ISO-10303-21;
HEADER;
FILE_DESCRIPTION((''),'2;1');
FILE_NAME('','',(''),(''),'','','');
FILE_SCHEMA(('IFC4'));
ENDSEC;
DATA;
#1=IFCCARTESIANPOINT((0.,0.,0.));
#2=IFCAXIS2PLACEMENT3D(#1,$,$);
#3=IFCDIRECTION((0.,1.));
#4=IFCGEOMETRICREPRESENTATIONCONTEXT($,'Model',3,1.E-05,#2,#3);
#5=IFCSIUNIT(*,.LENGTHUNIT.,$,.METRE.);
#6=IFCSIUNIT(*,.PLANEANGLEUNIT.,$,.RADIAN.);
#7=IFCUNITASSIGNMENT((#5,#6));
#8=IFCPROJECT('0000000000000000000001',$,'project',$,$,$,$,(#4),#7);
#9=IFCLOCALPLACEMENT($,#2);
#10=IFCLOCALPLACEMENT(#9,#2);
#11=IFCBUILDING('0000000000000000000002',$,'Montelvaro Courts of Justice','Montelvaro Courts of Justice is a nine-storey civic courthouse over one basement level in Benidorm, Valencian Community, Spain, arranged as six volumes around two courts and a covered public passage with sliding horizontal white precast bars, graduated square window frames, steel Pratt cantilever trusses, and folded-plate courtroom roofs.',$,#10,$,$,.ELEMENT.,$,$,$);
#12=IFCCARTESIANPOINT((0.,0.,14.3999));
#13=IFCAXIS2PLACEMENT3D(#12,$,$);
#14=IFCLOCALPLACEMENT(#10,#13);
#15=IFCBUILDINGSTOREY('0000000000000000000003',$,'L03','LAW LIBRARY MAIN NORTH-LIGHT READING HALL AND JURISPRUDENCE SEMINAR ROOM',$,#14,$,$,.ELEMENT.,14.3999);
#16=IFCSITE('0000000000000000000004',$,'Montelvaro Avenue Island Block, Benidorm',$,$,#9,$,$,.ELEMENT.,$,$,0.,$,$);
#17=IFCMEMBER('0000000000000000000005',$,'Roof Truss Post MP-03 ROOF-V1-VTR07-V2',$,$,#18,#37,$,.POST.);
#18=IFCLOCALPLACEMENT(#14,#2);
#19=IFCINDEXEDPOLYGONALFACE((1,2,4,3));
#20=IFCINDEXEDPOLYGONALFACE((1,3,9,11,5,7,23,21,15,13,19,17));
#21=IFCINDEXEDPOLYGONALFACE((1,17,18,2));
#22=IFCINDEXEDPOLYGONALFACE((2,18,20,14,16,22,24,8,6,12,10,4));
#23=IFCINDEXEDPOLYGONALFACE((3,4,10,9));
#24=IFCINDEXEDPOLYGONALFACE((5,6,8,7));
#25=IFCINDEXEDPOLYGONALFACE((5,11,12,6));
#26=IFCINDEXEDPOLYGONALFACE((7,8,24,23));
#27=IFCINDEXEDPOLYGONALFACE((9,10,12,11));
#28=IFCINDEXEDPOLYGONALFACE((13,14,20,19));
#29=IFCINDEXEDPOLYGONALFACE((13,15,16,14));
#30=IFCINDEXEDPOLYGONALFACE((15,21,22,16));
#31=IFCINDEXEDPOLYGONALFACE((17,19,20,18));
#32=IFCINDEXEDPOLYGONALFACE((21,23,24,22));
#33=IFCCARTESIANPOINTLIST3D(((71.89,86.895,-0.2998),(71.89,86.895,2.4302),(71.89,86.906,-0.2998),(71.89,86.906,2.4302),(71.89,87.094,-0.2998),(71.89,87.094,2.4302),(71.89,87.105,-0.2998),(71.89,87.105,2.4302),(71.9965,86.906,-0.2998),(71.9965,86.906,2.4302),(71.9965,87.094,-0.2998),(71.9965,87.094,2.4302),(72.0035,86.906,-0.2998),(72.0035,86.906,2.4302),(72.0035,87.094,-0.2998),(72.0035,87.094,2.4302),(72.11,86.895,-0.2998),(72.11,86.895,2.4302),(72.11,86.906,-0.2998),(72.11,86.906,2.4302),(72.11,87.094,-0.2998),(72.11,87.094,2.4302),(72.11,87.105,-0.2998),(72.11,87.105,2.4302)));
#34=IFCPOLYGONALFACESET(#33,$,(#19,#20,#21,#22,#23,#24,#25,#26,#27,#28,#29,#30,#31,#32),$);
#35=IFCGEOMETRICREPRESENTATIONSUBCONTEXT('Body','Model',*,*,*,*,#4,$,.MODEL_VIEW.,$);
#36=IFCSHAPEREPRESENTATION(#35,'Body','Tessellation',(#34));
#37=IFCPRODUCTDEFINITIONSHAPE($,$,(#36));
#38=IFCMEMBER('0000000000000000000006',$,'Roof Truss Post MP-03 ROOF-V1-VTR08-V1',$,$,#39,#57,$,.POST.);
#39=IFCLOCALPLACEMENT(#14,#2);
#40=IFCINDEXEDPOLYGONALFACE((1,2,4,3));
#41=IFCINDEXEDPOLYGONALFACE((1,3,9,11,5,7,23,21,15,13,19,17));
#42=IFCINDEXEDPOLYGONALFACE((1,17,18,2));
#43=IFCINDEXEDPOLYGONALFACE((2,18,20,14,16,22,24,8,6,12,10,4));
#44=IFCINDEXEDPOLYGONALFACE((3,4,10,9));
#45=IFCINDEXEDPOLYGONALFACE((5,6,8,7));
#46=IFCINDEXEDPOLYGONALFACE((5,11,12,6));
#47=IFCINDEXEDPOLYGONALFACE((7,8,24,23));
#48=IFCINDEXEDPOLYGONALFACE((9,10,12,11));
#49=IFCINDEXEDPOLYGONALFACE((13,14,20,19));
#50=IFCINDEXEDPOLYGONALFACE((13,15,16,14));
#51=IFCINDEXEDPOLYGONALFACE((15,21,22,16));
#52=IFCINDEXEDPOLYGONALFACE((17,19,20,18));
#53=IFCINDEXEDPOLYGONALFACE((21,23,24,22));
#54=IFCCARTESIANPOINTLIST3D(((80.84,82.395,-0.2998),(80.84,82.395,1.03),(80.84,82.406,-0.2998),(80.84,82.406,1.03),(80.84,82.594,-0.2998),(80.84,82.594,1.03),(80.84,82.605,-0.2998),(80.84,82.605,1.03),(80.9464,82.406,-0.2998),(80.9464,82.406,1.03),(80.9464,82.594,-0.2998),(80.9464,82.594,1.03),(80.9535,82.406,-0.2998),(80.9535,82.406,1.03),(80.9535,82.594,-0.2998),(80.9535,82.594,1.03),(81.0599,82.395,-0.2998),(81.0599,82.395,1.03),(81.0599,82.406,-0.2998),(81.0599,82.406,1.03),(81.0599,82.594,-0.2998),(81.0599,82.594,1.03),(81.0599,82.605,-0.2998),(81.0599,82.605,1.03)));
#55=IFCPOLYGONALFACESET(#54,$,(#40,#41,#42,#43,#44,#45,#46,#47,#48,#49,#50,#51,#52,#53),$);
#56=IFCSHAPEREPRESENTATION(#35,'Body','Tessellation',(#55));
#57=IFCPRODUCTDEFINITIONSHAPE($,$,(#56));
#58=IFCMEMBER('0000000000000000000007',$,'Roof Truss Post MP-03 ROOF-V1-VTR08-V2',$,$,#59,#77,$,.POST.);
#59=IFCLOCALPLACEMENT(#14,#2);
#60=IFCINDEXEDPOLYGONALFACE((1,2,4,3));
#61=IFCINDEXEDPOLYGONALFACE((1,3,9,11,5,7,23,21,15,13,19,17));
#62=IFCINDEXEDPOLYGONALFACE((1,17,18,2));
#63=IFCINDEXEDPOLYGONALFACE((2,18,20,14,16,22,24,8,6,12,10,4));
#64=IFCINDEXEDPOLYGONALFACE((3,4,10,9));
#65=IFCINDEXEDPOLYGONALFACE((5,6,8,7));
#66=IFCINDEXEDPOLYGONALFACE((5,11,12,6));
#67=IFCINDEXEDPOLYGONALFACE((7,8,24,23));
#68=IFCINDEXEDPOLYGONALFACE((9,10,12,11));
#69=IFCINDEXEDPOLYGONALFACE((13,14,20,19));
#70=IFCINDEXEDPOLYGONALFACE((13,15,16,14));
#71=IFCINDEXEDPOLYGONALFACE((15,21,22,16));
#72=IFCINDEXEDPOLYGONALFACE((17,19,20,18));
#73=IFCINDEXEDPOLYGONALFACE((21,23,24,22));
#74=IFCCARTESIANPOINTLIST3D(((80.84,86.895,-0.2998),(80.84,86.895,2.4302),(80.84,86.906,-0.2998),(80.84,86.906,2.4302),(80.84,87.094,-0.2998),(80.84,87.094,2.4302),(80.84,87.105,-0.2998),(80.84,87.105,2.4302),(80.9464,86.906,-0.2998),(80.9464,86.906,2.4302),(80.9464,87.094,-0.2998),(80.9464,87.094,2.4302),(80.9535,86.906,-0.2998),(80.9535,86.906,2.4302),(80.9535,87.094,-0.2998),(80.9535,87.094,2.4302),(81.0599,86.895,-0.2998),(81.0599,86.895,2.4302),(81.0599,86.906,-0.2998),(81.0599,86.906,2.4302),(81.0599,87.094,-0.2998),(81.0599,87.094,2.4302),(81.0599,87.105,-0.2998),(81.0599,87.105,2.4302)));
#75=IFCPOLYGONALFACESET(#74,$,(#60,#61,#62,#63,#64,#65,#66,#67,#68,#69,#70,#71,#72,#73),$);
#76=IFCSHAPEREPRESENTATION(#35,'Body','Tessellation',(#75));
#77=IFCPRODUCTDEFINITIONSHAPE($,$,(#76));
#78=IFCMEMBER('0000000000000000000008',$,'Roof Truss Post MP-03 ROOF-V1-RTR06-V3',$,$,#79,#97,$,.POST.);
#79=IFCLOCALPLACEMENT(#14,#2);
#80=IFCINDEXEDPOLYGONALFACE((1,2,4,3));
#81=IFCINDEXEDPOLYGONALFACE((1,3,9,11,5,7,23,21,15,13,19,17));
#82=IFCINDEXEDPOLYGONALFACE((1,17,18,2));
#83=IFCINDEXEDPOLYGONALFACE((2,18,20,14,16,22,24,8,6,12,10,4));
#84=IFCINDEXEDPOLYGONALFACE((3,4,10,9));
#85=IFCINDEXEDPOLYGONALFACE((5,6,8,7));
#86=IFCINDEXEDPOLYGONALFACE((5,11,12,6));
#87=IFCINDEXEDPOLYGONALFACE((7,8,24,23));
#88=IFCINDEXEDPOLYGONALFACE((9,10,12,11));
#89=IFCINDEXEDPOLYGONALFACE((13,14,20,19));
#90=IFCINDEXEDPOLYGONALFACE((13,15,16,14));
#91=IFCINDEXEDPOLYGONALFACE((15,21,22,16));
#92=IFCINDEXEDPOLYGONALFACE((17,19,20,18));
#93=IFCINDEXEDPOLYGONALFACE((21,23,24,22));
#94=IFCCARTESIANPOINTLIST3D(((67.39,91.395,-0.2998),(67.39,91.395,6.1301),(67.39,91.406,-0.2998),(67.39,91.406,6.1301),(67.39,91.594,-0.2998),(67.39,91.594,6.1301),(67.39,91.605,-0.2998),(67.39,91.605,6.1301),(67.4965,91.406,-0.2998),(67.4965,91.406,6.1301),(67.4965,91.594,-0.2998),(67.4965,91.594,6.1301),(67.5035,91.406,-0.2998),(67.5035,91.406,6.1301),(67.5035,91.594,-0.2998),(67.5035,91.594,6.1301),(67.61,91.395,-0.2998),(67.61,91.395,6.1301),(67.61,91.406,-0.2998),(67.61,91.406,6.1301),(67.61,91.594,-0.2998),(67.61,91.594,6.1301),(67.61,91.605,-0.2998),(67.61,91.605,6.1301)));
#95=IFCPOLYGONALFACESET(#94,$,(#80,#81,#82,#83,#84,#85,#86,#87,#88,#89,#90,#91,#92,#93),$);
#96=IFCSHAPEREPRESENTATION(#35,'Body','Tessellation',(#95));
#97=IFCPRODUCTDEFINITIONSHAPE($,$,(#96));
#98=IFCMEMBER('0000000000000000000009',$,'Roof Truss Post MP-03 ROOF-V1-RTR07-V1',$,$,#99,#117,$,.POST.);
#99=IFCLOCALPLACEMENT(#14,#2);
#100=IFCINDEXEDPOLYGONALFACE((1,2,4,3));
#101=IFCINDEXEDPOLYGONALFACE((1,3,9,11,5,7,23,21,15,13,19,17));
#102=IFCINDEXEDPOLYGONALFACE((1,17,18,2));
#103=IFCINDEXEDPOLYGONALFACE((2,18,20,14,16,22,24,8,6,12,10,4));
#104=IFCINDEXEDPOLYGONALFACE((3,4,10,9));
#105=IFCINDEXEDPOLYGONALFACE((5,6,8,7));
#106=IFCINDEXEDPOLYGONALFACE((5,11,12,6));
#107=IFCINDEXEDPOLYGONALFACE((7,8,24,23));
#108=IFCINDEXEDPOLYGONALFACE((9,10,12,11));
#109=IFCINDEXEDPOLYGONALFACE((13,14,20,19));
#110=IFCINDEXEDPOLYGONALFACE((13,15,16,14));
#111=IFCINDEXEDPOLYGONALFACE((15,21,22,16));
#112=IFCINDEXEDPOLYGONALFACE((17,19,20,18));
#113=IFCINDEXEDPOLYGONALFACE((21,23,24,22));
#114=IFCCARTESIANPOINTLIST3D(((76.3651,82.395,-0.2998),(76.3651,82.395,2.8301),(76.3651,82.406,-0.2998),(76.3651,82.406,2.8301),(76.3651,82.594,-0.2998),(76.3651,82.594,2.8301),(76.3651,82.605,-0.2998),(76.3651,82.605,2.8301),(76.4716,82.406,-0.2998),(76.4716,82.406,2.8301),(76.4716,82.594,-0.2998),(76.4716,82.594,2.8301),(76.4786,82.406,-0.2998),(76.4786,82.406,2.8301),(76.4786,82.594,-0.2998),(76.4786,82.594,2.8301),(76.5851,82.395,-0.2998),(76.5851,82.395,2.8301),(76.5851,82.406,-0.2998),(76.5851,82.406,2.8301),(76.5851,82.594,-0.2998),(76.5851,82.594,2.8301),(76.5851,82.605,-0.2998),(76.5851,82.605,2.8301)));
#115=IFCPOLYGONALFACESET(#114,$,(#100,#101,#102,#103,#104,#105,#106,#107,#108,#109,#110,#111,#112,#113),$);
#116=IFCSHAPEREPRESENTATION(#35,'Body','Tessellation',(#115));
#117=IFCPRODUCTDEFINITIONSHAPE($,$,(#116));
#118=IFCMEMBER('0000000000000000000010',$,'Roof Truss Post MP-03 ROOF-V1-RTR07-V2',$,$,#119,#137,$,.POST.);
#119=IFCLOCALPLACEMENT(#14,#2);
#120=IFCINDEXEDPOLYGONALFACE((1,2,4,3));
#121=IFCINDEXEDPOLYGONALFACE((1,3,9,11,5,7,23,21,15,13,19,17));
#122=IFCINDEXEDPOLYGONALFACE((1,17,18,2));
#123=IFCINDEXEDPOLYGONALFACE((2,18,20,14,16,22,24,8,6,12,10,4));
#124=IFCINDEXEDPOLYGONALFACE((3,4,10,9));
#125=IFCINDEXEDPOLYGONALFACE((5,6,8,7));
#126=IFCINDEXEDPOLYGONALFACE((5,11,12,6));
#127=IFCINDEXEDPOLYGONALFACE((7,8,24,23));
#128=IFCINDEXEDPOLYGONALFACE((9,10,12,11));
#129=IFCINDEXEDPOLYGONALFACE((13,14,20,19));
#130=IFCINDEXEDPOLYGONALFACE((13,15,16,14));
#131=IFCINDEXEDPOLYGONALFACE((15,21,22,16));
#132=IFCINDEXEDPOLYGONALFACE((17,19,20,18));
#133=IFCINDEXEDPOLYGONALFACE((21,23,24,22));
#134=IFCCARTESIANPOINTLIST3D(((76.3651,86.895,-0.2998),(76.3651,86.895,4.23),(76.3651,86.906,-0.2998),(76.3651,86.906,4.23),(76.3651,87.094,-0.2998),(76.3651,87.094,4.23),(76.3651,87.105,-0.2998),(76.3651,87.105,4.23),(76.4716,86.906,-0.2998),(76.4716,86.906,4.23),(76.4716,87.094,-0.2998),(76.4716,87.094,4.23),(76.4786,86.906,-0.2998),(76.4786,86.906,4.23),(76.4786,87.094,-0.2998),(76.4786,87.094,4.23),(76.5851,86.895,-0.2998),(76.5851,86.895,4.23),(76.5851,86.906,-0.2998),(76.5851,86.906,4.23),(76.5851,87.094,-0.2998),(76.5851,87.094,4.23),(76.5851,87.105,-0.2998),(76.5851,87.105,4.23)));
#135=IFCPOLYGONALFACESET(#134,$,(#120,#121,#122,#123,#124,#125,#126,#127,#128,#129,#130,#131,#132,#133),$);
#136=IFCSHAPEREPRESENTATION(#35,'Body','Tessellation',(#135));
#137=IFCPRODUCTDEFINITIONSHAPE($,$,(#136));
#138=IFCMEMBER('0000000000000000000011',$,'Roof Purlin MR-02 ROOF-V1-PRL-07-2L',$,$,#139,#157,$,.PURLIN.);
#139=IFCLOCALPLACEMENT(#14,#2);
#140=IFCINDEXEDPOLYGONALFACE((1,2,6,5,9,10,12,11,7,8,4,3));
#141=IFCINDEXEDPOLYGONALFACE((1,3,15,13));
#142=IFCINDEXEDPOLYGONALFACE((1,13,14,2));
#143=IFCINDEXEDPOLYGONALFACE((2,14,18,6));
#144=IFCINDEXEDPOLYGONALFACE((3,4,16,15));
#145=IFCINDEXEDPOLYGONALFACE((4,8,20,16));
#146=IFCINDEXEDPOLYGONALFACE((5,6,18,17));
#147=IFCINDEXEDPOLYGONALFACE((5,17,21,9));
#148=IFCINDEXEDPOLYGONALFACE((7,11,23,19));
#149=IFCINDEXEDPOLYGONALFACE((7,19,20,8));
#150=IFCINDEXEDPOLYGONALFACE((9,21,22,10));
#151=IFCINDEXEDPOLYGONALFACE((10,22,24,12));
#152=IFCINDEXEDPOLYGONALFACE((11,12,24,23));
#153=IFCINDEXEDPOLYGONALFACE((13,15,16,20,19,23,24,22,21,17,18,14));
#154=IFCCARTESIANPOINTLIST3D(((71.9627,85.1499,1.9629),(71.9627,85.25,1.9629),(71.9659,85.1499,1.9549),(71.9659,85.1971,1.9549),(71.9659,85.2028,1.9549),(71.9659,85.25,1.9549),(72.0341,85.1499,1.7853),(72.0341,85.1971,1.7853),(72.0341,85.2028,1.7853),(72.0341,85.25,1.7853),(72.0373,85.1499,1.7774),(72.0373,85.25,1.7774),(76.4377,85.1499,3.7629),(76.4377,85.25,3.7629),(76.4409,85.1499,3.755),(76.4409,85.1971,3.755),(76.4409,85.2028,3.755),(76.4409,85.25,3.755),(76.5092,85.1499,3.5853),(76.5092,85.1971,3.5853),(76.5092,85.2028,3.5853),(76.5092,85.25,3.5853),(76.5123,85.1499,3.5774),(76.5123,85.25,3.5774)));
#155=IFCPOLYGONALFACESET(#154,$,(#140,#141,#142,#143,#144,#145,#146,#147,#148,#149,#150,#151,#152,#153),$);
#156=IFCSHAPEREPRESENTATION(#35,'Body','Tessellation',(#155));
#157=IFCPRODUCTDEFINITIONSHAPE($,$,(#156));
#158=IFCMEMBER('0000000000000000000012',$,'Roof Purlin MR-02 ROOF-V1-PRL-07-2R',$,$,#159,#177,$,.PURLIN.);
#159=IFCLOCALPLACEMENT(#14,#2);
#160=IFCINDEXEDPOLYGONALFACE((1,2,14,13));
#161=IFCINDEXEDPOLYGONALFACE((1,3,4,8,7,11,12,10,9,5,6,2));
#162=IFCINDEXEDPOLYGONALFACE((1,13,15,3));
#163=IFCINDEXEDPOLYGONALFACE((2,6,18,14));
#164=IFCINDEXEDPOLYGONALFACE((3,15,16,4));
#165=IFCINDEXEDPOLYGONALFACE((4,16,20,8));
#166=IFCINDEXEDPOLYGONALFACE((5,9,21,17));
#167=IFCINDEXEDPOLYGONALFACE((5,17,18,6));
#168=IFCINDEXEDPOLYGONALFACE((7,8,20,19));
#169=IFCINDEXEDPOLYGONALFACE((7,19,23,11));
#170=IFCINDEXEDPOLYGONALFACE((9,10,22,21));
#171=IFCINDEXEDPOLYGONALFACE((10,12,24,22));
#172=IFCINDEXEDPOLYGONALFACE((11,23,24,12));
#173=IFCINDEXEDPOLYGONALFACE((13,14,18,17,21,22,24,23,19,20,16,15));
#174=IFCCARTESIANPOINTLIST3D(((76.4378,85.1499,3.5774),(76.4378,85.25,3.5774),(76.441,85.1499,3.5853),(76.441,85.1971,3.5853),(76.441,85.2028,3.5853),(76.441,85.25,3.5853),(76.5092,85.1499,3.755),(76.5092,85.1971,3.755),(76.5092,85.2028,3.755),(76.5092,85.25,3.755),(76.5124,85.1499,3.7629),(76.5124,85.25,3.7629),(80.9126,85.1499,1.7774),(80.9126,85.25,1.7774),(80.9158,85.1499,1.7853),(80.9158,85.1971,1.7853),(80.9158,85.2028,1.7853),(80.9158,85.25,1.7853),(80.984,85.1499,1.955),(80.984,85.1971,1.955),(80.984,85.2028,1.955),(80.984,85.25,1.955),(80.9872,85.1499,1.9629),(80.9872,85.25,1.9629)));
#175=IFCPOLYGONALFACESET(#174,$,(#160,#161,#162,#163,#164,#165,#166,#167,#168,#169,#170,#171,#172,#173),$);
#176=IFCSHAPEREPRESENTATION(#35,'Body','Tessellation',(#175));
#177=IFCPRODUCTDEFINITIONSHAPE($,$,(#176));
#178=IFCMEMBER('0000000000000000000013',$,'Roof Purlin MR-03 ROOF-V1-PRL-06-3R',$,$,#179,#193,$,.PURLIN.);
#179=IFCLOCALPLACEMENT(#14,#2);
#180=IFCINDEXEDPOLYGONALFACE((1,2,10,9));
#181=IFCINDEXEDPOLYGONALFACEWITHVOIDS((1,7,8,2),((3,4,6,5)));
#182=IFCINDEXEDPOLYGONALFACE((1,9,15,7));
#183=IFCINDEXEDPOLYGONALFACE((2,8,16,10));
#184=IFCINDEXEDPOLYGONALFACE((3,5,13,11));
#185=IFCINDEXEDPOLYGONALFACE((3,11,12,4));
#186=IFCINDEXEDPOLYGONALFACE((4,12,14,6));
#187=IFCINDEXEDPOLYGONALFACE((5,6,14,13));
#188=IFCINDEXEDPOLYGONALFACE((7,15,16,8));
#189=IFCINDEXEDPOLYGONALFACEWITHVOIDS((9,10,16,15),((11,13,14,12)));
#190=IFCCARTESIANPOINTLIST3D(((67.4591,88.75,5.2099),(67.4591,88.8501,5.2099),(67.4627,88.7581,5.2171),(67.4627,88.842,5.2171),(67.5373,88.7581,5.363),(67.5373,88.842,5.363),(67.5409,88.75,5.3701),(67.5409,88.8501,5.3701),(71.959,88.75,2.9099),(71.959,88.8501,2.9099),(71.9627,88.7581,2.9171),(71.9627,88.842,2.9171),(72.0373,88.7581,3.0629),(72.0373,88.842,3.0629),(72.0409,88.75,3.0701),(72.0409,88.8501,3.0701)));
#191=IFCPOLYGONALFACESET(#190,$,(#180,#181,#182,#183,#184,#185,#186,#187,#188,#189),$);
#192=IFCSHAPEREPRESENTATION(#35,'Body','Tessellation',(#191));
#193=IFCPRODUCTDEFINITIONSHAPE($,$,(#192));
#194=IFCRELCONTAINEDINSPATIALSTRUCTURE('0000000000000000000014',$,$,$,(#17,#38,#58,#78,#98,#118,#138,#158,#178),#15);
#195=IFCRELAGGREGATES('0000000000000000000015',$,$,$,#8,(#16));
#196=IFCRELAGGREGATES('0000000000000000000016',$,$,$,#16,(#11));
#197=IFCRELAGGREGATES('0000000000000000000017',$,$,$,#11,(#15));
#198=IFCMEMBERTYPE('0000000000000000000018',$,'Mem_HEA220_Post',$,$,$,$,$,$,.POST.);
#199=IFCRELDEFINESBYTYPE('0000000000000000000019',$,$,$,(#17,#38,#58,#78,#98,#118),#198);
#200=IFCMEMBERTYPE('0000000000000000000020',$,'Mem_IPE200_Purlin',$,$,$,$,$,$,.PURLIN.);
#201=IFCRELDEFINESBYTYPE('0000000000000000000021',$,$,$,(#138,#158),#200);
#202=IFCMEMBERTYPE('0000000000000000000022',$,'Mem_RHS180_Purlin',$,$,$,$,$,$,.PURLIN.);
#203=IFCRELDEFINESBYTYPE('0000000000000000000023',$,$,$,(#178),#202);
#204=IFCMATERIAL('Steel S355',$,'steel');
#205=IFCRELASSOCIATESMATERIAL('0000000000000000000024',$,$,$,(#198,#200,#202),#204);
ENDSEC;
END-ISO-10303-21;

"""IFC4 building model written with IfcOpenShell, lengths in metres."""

from ifc_helpers import new_model, si_unit, direction, frame, origin, origin_2d, place, context, subcontext, project, spatial, hollow_rectangle, i_section, extrude, material, material_profile, profile_set, type_object, element, save


model = new_model("IFC4")

# Units and contexts
model_context = context("Model", 3, precision=1e-05, world=origin(), true_north=direction((0.0, 1.0)))
body_context = subcontext(model_context, "Body", "Model", "MODEL_VIEW")
ifc_project = project(units=[si_unit("LENGTHUNIT", "METRE"), si_unit("PLANEANGLEUNIT", "RADIAN")], contexts=[model_context])

# Site, building, storey
site_placement = place(None, origin())
site = spatial("IfcSite", under=ifc_project, at=site_placement, Name="Montelvaro Avenue Island Block, Benidorm", CompositionType="ELEMENT", RefElevation=0.0)
building_placement = place(site_placement, origin())
building = spatial("IfcBuilding", under=site, at=building_placement, Name="Montelvaro Courts of Justice", Description="Montelvaro Courts of Justice is a nine-storey civic courthouse over one basement level in Benidorm, Valencian Community, Spain, arranged as six volumes around two courts and a covered public passage with sliding horizontal white precast bars, graduated square window frames, steel Pratt cantilever trusses, and folded-plate courtroom roofs.", CompositionType="ELEMENT")
storey_placement = place(building_placement, frame((0.0, 0.0, 14.3999)))
storey = spatial("IfcBuildingStorey", under=building, at=storey_placement, Name="L03", Description="LAW LIBRARY MAIN NORTH-LIGHT READING HALL AND JURISPRUDENCE SEMINAR ROOM", CompositionType="ELEMENT", Elevation=14.3999)

# Members
ifc_material = material(Name="Steel S355", Category="steel")
ifc_material_profile_1 = material_profile(ifc_material, i_section(OverallWidth=0.22, OverallDepth=0.21, WebThickness=0.0071, FlangeThickness=0.011, at=origin_2d()), Name="HEA 220")
ifc_profile_set_1 = profile_set([ifc_material_profile_1], Name="Steel S355")
member_type_1 = type_object("IfcMemberType", Name="Mem_HEA220_Post", PredefinedType="POST", material=ifc_profile_set_1)
member_1_placement = place(storey_placement, frame((72.0, 87.0, -0.2998), z_axis=(0.0, 0.0, 1.0), x_axis=(1.0, 0.0, 0.0)))
element("IfcMember", 1, at=member_1_placement, inside=storey, type_object=member_type_1, Name="Roof Truss Post MP-03 ROOF-V1-VTR07-V2", PredefinedType="POST", context=body_context, shape_type="SweptSolid", body=[
    extrude(i_section(OverallWidth=0.22, OverallDepth=0.21, WebThickness=0.0071, FlangeThickness=0.011, at=origin_2d()), origin(), (0.0, 0.0, 1.0), 2.73),
])
member_2_placement = place(storey_placement, frame((80.95, 82.5, -0.2998), z_axis=(0.0, 0.0, 1.0), x_axis=(1.0, 0.0, 0.0)))
element("IfcMember", 2, at=member_2_placement, inside=storey, type_object=member_type_1, Name="Roof Truss Post MP-03 ROOF-V1-VTR08-V1", PredefinedType="POST", context=body_context, shape_type="SweptSolid", body=[
    extrude(i_section(OverallWidth=0.22, OverallDepth=0.21, WebThickness=0.0071, FlangeThickness=0.011, at=origin_2d()), origin(), (0.0, 0.0, 1.0), 1.3298),
])
member_3_placement = place(storey_placement, frame((80.95, 87.0, -0.2998), z_axis=(0.0, 0.0, 1.0), x_axis=(1.0, 0.0, 0.0)))
element("IfcMember", 3, at=member_3_placement, inside=storey, type_object=member_type_1, Name="Roof Truss Post MP-03 ROOF-V1-VTR08-V2", PredefinedType="POST", context=body_context, shape_type="SweptSolid", body=[
    extrude(i_section(OverallWidth=0.22, OverallDepth=0.21, WebThickness=0.0071, FlangeThickness=0.011, at=origin_2d()), origin(), (0.0, 0.0, 1.0), 2.73),
])
member_4_placement = place(storey_placement, frame((67.5, 91.5, -0.2998), z_axis=(0.0, 0.0, 1.0), x_axis=(1.0, 0.0, 0.0)))
element("IfcMember", 4, at=member_4_placement, inside=storey, type_object=member_type_1, Name="Roof Truss Post MP-03 ROOF-V1-RTR06-V3", PredefinedType="POST", context=body_context, shape_type="SweptSolid", body=[
    extrude(i_section(OverallWidth=0.22, OverallDepth=0.21, WebThickness=0.0071, FlangeThickness=0.011, at=origin_2d()), origin(), (0.0, 0.0, 1.0), 6.4299),
])
member_5_placement = place(storey_placement, frame((76.4751, 82.5, -0.2998), z_axis=(0.0, 0.0, 1.0), x_axis=(1.0, 0.0, 0.0)))
element("IfcMember", 5, at=member_5_placement, inside=storey, type_object=member_type_1, Name="Roof Truss Post MP-03 ROOF-V1-RTR07-V1", PredefinedType="POST", context=body_context, shape_type="SweptSolid", body=[
    extrude(i_section(OverallWidth=0.22, OverallDepth=0.21, WebThickness=0.0071, FlangeThickness=0.011, at=origin_2d()), origin(), (0.0, 0.0, 1.0), 3.1299),
])
member_6_placement = place(storey_placement, frame((76.4751, 87.0, -0.2998), z_axis=(0.0, 0.0, 1.0), x_axis=(1.0, 0.0, 0.0)))
element("IfcMember", 6, at=member_6_placement, inside=storey, type_object=member_type_1, Name="Roof Truss Post MP-03 ROOF-V1-RTR07-V2", PredefinedType="POST", context=body_context, shape_type="SweptSolid", body=[
    extrude(i_section(OverallWidth=0.22, OverallDepth=0.21, WebThickness=0.0071, FlangeThickness=0.011, at=origin_2d()), origin(), (0.0, 0.0, 1.0), 4.5298),
])
ifc_material_profile_2 = material_profile(ifc_material, i_section(OverallWidth=0.1001, OverallDepth=0.2, WebThickness=0.0056, FlangeThickness=0.0085, at=origin_2d()), Name="IPE 200")
ifc_profile_set_2 = profile_set([ifc_material_profile_2], Name="Steel S355")
member_type_2 = type_object("IfcMemberType", Name="Mem_IPE200_Purlin", PredefinedType="PURLIN", material=ifc_profile_set_2)
member_7_placement = place(storey_placement, frame((72.0, 85.2, 1.8701), z_axis=(0.927759, 0.0, 0.373179), x_axis=(0.0, 1.0, 0.0)))
element("IfcMember", 7, at=member_7_placement, inside=storey, type_object=member_type_2, Name="Roof Purlin MR-02 ROOF-V1-PRL-07-2L", PredefinedType="PURLIN", context=body_context, shape_type="SweptSolid", body=[
    extrude(i_section(OverallWidth=0.1001, OverallDepth=0.2, WebThickness=0.0056, FlangeThickness=0.0085, at=origin_2d()), origin(), (0.0, 0.0, 1.0), 4.8235),
])
member_8_placement = place(storey_placement, frame((76.4751, 85.2, 3.6702), z_axis=(0.927752, 0.0, -0.373196), x_axis=(0.0, 1.0, 0.0)))
element("IfcMember", 8, at=member_8_placement, inside=storey, type_object=member_type_2, Name="Roof Purlin MR-02 ROOF-V1-PRL-07-2R", PredefinedType="PURLIN", context=body_context, shape_type="SweptSolid", body=[
    extrude(i_section(OverallWidth=0.1001, OverallDepth=0.2, WebThickness=0.0056, FlangeThickness=0.0085, at=origin_2d()), origin(), (0.0, 0.0, 1.0), 4.8232),
])
ifc_material_profile_3 = material_profile(ifc_material, hollow_rectangle(XDim=0.1001, YDim=0.1799, WallThickness=0.0081, at=origin_2d()), Name="RHS 180x100x8")
ifc_profile_set_3 = profile_set([ifc_material_profile_3], Name="Steel S355")
member_type_3 = type_object("IfcMemberType", Name="Mem_RHS180_Purlin", PredefinedType="PURLIN", material=ifc_profile_set_3)
member_9_placement = place(storey_placement, frame((67.5, 88.8, 5.29), z_axis=(0.890431, 0.0, -0.455119), x_axis=(0.0, 1.0, 0.0)))
element("IfcMember", 9, at=member_9_placement, inside=storey, type_object=member_type_3, Name="Roof Purlin MR-03 ROOF-V1-PRL-06-3R", PredefinedType="PURLIN", context=body_context, shape_type="SweptSolid", body=[
    extrude(hollow_rectangle(XDim=0.1001, YDim=0.1799, WallThickness=0.0081, at=origin_2d()), origin(), (0.0, 0.0, 1.0), 5.0537),
])

save(model, "model.ifc")
